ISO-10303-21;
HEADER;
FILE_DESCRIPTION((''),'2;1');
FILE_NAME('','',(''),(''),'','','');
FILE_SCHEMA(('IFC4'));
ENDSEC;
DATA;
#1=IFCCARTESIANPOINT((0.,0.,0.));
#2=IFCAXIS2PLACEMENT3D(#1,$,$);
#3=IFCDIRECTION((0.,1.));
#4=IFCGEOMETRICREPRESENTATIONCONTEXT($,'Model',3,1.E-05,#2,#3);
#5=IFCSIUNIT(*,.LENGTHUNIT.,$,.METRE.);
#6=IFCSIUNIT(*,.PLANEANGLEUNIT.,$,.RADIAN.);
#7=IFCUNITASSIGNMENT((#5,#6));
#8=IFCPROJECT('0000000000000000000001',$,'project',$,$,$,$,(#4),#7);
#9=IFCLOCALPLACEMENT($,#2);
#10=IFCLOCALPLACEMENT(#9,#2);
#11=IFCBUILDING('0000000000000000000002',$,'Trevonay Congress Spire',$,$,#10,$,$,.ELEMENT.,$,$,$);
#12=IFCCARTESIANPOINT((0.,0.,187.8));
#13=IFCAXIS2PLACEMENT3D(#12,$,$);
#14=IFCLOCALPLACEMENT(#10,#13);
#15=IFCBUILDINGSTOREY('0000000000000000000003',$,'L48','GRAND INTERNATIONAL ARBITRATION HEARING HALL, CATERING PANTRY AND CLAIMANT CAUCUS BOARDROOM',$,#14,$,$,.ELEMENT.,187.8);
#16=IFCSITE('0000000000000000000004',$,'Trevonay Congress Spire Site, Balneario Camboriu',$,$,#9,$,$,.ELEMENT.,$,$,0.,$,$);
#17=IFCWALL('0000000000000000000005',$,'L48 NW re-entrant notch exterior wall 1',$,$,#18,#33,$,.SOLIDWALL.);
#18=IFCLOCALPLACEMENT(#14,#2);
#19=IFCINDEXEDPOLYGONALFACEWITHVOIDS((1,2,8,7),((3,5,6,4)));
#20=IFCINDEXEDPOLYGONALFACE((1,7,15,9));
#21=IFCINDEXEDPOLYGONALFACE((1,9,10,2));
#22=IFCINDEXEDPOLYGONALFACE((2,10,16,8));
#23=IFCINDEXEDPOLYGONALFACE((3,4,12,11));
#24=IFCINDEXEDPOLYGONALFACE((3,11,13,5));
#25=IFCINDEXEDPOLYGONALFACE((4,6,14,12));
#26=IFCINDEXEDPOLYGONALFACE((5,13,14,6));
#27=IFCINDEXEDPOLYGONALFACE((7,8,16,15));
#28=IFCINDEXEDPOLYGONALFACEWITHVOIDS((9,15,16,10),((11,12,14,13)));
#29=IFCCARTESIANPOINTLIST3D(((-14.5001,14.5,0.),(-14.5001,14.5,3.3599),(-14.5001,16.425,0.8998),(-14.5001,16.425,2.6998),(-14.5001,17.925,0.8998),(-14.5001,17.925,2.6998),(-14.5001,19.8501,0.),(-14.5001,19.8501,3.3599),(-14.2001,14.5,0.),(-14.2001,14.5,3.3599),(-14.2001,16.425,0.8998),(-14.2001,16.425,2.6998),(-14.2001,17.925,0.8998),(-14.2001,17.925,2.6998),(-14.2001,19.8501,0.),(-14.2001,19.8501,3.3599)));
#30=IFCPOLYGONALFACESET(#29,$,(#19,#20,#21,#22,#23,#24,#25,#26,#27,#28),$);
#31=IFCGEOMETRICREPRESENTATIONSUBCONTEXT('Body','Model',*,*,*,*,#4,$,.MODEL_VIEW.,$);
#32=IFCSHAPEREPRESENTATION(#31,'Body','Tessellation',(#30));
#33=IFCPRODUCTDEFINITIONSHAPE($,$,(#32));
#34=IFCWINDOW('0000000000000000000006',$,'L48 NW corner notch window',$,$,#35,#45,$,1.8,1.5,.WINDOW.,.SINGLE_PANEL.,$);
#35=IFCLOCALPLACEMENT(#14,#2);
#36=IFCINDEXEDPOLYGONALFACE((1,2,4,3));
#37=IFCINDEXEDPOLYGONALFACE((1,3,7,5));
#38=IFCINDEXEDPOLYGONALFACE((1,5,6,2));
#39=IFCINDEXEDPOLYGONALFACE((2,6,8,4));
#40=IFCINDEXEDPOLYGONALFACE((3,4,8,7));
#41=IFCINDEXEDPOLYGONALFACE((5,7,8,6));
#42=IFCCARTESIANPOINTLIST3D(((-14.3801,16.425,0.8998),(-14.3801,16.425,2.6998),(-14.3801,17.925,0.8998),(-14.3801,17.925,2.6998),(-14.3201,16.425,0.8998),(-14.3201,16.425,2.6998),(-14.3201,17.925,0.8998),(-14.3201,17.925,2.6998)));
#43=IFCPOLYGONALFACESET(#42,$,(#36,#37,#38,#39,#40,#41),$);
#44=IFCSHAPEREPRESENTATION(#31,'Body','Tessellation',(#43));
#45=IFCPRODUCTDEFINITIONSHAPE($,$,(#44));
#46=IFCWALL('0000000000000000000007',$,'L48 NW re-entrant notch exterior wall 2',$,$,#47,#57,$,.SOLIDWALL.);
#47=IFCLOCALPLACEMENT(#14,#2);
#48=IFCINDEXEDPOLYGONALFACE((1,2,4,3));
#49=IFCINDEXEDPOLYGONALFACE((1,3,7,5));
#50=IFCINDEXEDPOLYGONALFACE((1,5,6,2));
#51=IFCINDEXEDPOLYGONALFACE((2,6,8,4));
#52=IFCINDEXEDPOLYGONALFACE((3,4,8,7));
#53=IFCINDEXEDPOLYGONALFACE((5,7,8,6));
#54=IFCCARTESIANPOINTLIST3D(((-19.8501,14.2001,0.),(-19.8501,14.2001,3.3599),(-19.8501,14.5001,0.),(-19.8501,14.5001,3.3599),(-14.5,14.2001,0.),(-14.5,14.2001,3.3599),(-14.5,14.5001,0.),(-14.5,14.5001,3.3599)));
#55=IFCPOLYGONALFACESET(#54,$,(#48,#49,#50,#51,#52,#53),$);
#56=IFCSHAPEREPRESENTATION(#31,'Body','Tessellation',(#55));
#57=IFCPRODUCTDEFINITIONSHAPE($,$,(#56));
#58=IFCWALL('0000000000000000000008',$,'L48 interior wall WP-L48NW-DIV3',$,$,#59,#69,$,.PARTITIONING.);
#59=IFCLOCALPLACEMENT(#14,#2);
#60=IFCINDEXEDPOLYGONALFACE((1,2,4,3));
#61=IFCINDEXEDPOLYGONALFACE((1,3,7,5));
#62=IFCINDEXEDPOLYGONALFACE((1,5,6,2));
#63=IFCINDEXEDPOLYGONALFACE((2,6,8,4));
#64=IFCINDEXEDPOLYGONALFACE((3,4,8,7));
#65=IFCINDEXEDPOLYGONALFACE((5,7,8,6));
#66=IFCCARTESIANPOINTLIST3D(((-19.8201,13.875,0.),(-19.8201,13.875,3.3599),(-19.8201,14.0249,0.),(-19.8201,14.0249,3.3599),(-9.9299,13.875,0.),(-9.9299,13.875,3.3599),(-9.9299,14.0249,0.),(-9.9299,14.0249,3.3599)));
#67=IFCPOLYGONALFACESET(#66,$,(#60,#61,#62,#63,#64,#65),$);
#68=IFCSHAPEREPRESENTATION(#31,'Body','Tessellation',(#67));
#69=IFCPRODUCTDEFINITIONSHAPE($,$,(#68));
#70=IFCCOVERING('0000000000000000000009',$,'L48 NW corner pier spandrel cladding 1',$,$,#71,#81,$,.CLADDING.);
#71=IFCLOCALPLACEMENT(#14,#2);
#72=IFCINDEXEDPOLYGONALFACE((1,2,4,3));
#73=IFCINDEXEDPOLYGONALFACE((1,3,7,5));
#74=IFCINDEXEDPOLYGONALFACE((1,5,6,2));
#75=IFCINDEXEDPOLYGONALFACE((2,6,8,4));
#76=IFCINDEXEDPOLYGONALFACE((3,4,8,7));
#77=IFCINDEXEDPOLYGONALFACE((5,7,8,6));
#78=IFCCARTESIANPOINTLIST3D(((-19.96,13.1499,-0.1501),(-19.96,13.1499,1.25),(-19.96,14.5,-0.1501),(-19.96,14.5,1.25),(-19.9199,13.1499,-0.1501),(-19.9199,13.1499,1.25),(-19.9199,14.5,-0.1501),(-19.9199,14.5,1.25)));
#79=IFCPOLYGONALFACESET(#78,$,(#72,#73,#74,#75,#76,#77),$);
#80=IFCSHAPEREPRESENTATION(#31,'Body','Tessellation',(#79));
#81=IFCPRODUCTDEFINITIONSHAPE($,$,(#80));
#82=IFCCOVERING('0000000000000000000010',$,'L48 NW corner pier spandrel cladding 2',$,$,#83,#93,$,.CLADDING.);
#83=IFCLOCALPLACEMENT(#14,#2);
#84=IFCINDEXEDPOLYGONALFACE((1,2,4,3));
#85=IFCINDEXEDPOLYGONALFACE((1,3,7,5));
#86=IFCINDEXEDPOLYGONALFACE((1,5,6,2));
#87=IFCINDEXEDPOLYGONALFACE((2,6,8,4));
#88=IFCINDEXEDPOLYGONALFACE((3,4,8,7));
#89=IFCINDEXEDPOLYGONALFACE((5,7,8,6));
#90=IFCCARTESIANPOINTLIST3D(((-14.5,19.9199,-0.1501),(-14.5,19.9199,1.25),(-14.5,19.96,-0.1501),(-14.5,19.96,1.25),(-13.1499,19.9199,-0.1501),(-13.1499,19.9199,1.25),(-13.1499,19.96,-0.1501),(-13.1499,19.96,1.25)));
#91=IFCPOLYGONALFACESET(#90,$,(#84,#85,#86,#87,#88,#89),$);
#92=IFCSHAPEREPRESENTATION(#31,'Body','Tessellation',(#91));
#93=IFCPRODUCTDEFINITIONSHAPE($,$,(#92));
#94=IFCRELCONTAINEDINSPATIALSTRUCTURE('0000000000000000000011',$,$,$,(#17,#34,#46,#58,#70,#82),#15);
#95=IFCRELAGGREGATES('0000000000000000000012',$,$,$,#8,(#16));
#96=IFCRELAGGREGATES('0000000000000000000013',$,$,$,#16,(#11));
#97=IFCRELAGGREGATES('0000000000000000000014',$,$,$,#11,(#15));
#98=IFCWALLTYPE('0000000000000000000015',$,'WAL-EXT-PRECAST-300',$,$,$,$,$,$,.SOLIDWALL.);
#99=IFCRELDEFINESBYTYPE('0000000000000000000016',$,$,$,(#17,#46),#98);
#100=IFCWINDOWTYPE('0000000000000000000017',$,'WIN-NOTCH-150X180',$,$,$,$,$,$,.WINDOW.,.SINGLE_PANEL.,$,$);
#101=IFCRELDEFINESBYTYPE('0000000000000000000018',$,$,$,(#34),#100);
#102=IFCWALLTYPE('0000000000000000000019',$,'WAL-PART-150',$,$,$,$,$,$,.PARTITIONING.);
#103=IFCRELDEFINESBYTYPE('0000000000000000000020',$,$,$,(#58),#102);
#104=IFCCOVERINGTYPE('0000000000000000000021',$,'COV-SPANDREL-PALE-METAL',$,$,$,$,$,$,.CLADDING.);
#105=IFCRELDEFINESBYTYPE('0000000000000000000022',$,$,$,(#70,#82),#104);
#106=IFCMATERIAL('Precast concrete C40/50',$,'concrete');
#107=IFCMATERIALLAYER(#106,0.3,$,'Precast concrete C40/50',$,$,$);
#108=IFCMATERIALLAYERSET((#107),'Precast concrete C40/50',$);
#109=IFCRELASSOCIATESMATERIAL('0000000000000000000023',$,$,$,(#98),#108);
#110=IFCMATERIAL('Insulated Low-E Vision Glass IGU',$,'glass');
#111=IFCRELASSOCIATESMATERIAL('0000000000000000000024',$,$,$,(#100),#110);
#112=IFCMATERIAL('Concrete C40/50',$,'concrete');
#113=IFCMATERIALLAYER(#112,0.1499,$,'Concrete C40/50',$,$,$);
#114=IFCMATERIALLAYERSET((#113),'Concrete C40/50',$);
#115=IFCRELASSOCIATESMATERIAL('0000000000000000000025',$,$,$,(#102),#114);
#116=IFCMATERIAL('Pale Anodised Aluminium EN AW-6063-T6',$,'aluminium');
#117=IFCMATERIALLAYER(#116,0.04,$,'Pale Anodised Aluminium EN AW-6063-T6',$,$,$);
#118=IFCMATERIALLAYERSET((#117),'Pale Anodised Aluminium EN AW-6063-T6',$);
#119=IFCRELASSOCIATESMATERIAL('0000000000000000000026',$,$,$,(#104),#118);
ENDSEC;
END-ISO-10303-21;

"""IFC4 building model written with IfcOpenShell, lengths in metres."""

from ifc_helpers import new_model, si_unit, direction, frame, frame_2d, origin, place, context, subcontext, project, spatial, rectangle, extrude, material, layer, layer_set, type_object, element, fill, save


model = new_model("IFC4")

# Units and contexts
model_context = context("Model", 3, precision=1e-05, world=origin(), true_north=direction((0.0, 1.0)))
body_context = subcontext(model_context, "Body", "Model", "MODEL_VIEW")
ifc_project = project(units=[si_unit("LENGTHUNIT", "METRE"), si_unit("PLANEANGLEUNIT", "RADIAN")], contexts=[model_context])

# Site, building, storey
site_placement = place(None, origin())
site = spatial("IfcSite", under=ifc_project, at=site_placement, Name="Trevonay Congress Spire Site, Balneario Camboriu", CompositionType="ELEMENT", RefElevation=0.0)
building_placement = place(site_placement, origin())
building = spatial("IfcBuilding", under=site, at=building_placement, Name="Trevonay Congress Spire", CompositionType="ELEMENT")
storey_placement = place(building_placement, frame((0.0, 0.0, 187.8)))
storey = spatial("IfcBuildingStorey", under=building, at=storey_placement, Name="L48", Description="GRAND INTERNATIONAL ARBITRATION HEARING HALL, CATERING PANTRY AND CLAIMANT CAUCUS BOARDROOM", CompositionType="ELEMENT", Elevation=187.8)

# Shared definitions
ifc_material_1 = material(Name="Pale Anodised Aluminium EN AW-6063-T6", Category="aluminium")

# Shared definitions
ifc_material_2 = material(Name="Insulated Low-E Vision Glass IGU", Category="glass")

# Wall, opening, window
ifc_material_3 = material(Name="Precast concrete C40/50", Category="concrete")
ifc_layer_1 = layer(ifc_material_3, 0.3, Name="Precast concrete C40/50")
ifc_layer_set_1 = layer_set([ifc_layer_1], Name="Precast concrete C40/50")
wall_type_1 = type_object("IfcWallType", Name="WAL-EXT-PRECAST-300", PredefinedType="SOLIDWALL", material=ifc_layer_set_1)
wall_1_placement = place(storey_placement, frame((-14.3501, 19.8501, 0.0), z_axis=(0.0, 0.0, 1.0), x_axis=(0.0, -1.0, 0.0)))
wall_1 = element("IfcWall", 1, at=wall_1_placement, inside=storey, type_object=wall_type_1, Name="L48 NW re-entrant notch exterior wall 1", PredefinedType="SOLIDWALL", context=body_context, shape_type="SweptSolid", body=[
    extrude(rectangle(XDim=5.3501, YDim=0.3, at=frame_2d((2.675, 0.0))), origin(), (0.0, 0.0, 1.0), 3.3599),
])
opening_placement = place(wall_1_placement, frame((1.925, 0.0, 0.8999)))
opening = element("IfcOpeningElement", 2, at=opening_placement, cuts=wall_1, PredefinedType="OPENING", context=body_context, shape_type="SweptSolid", body=[
    extrude(rectangle(XDim=1.5, YDim=1.8, at=frame_2d((0.75, 0.8999))), frame((0.0, 0.1602, 0.0), z_axis=(0.0, -1.0, 0.0), x_axis=(1.0, 0.0, 0.0)), (0.0, 0.0, 1.0), 0.3201),
])
window_type = type_object("IfcWindowType", Name="WIN-NOTCH-150X180", PartitioningType="SINGLE_PANEL", PredefinedType="WINDOW", material=ifc_material_2)
window_placement = place(opening_placement, origin())
window = element("IfcWindow", 3, at=window_placement, inside=storey, type_object=window_type, Name="L48 NW corner notch window", OverallHeight=1.8, OverallWidth=1.5, PartitioningType="SINGLE_PANEL", PredefinedType="WINDOW", context=body_context, shape_type="SweptSolid", body=[
    extrude(rectangle(XDim=1.5, YDim=1.8, at=frame_2d((0.75, 0.8999))), frame((0.0, 0.03, 0.0), z_axis=(0.0, -1.0, 0.0), x_axis=(1.0, 0.0, 0.0)), (0.0, 0.0, 1.0), 0.0601),
])
fill(opening, window)

# Walls
wall_2_placement = place(storey_placement, frame((-19.8501, 14.3501, 0.0), z_axis=(0.0, 0.0, 1.0), x_axis=(1.0, 0.0, 0.0)))
element("IfcWall", 4, at=wall_2_placement, inside=storey, type_object=wall_type_1, Name="L48 NW re-entrant notch exterior wall 2", PredefinedType="SOLIDWALL", context=body_context, shape_type="SweptSolid", body=[
    extrude(rectangle(XDim=5.3501, YDim=0.3, at=frame_2d((2.675, 0.0))), origin(), (0.0, 0.0, 1.0), 3.3599),
])
ifc_material_4 = material(Name="Concrete C40/50", Category="concrete")
ifc_layer_2 = layer(ifc_material_4, 0.1499, Name="Concrete C40/50")
ifc_layer_set_2 = layer_set([ifc_layer_2], Name="Concrete C40/50")
wall_type_2 = type_object("IfcWallType", Name="WAL-PART-150", PredefinedType="PARTITIONING", material=ifc_layer_set_2)
wall_3_placement = place(storey_placement, frame((-19.8201, 13.95, 0.0), z_axis=(0.0, 0.0, 1.0), x_axis=(1.0, 0.0, 0.0)))
element("IfcWall", 5, at=wall_3_placement, inside=storey, type_object=wall_type_2, Name="L48 interior wall WP-L48NW-DIV3", PredefinedType="PARTITIONING", context=body_context, shape_type="SweptSolid", body=[
    extrude(rectangle(XDim=9.8901, YDim=0.1499, at=frame_2d((4.9451, 0.0))), origin(), (0.0, 0.0, 1.0), 3.3599),
])

# Coverings
ifc_layer_3 = layer(ifc_material_1, 0.04, Name="Pale Anodised Aluminium EN AW-6063-T6")
ifc_layer_set_3 = layer_set([ifc_layer_3], Name="Pale Anodised Aluminium EN AW-6063-T6")
covering_type = type_object("IfcCoveringType", Name="COV-SPANDREL-PALE-METAL", PredefinedType="CLADDING", material=ifc_layer_set_3)
for number, where, z_axis, x_axis, name in (
    (6, (-19.9399, 13.1499, -0.1501), (0.0, 0.0, 1.0), (0.0, 1.0, 0.0), "L48 NW corner pier spandrel cladding 1"),
    (7, (-13.1499, 19.9399, -0.1501), (0.0, 0.0, 1.0), (-1.0, 0.0, 0.0), "L48 NW corner pier spandrel cladding 2"),
):
    element("IfcCovering", number, at=place(storey_placement, frame(where, z_axis=z_axis, x_axis=x_axis)), inside=storey, type_object=covering_type, Name=name, PredefinedType="CLADDING", context=body_context, shape_type="SweptSolid", body=[
        extrude(rectangle(XDim=1.3501, YDim=0.04, at=frame_2d((0.675, 0.0))), origin(), (0.0, 0.0, 1.0), 1.4001),
    ])

save(model, "model.ifc")
